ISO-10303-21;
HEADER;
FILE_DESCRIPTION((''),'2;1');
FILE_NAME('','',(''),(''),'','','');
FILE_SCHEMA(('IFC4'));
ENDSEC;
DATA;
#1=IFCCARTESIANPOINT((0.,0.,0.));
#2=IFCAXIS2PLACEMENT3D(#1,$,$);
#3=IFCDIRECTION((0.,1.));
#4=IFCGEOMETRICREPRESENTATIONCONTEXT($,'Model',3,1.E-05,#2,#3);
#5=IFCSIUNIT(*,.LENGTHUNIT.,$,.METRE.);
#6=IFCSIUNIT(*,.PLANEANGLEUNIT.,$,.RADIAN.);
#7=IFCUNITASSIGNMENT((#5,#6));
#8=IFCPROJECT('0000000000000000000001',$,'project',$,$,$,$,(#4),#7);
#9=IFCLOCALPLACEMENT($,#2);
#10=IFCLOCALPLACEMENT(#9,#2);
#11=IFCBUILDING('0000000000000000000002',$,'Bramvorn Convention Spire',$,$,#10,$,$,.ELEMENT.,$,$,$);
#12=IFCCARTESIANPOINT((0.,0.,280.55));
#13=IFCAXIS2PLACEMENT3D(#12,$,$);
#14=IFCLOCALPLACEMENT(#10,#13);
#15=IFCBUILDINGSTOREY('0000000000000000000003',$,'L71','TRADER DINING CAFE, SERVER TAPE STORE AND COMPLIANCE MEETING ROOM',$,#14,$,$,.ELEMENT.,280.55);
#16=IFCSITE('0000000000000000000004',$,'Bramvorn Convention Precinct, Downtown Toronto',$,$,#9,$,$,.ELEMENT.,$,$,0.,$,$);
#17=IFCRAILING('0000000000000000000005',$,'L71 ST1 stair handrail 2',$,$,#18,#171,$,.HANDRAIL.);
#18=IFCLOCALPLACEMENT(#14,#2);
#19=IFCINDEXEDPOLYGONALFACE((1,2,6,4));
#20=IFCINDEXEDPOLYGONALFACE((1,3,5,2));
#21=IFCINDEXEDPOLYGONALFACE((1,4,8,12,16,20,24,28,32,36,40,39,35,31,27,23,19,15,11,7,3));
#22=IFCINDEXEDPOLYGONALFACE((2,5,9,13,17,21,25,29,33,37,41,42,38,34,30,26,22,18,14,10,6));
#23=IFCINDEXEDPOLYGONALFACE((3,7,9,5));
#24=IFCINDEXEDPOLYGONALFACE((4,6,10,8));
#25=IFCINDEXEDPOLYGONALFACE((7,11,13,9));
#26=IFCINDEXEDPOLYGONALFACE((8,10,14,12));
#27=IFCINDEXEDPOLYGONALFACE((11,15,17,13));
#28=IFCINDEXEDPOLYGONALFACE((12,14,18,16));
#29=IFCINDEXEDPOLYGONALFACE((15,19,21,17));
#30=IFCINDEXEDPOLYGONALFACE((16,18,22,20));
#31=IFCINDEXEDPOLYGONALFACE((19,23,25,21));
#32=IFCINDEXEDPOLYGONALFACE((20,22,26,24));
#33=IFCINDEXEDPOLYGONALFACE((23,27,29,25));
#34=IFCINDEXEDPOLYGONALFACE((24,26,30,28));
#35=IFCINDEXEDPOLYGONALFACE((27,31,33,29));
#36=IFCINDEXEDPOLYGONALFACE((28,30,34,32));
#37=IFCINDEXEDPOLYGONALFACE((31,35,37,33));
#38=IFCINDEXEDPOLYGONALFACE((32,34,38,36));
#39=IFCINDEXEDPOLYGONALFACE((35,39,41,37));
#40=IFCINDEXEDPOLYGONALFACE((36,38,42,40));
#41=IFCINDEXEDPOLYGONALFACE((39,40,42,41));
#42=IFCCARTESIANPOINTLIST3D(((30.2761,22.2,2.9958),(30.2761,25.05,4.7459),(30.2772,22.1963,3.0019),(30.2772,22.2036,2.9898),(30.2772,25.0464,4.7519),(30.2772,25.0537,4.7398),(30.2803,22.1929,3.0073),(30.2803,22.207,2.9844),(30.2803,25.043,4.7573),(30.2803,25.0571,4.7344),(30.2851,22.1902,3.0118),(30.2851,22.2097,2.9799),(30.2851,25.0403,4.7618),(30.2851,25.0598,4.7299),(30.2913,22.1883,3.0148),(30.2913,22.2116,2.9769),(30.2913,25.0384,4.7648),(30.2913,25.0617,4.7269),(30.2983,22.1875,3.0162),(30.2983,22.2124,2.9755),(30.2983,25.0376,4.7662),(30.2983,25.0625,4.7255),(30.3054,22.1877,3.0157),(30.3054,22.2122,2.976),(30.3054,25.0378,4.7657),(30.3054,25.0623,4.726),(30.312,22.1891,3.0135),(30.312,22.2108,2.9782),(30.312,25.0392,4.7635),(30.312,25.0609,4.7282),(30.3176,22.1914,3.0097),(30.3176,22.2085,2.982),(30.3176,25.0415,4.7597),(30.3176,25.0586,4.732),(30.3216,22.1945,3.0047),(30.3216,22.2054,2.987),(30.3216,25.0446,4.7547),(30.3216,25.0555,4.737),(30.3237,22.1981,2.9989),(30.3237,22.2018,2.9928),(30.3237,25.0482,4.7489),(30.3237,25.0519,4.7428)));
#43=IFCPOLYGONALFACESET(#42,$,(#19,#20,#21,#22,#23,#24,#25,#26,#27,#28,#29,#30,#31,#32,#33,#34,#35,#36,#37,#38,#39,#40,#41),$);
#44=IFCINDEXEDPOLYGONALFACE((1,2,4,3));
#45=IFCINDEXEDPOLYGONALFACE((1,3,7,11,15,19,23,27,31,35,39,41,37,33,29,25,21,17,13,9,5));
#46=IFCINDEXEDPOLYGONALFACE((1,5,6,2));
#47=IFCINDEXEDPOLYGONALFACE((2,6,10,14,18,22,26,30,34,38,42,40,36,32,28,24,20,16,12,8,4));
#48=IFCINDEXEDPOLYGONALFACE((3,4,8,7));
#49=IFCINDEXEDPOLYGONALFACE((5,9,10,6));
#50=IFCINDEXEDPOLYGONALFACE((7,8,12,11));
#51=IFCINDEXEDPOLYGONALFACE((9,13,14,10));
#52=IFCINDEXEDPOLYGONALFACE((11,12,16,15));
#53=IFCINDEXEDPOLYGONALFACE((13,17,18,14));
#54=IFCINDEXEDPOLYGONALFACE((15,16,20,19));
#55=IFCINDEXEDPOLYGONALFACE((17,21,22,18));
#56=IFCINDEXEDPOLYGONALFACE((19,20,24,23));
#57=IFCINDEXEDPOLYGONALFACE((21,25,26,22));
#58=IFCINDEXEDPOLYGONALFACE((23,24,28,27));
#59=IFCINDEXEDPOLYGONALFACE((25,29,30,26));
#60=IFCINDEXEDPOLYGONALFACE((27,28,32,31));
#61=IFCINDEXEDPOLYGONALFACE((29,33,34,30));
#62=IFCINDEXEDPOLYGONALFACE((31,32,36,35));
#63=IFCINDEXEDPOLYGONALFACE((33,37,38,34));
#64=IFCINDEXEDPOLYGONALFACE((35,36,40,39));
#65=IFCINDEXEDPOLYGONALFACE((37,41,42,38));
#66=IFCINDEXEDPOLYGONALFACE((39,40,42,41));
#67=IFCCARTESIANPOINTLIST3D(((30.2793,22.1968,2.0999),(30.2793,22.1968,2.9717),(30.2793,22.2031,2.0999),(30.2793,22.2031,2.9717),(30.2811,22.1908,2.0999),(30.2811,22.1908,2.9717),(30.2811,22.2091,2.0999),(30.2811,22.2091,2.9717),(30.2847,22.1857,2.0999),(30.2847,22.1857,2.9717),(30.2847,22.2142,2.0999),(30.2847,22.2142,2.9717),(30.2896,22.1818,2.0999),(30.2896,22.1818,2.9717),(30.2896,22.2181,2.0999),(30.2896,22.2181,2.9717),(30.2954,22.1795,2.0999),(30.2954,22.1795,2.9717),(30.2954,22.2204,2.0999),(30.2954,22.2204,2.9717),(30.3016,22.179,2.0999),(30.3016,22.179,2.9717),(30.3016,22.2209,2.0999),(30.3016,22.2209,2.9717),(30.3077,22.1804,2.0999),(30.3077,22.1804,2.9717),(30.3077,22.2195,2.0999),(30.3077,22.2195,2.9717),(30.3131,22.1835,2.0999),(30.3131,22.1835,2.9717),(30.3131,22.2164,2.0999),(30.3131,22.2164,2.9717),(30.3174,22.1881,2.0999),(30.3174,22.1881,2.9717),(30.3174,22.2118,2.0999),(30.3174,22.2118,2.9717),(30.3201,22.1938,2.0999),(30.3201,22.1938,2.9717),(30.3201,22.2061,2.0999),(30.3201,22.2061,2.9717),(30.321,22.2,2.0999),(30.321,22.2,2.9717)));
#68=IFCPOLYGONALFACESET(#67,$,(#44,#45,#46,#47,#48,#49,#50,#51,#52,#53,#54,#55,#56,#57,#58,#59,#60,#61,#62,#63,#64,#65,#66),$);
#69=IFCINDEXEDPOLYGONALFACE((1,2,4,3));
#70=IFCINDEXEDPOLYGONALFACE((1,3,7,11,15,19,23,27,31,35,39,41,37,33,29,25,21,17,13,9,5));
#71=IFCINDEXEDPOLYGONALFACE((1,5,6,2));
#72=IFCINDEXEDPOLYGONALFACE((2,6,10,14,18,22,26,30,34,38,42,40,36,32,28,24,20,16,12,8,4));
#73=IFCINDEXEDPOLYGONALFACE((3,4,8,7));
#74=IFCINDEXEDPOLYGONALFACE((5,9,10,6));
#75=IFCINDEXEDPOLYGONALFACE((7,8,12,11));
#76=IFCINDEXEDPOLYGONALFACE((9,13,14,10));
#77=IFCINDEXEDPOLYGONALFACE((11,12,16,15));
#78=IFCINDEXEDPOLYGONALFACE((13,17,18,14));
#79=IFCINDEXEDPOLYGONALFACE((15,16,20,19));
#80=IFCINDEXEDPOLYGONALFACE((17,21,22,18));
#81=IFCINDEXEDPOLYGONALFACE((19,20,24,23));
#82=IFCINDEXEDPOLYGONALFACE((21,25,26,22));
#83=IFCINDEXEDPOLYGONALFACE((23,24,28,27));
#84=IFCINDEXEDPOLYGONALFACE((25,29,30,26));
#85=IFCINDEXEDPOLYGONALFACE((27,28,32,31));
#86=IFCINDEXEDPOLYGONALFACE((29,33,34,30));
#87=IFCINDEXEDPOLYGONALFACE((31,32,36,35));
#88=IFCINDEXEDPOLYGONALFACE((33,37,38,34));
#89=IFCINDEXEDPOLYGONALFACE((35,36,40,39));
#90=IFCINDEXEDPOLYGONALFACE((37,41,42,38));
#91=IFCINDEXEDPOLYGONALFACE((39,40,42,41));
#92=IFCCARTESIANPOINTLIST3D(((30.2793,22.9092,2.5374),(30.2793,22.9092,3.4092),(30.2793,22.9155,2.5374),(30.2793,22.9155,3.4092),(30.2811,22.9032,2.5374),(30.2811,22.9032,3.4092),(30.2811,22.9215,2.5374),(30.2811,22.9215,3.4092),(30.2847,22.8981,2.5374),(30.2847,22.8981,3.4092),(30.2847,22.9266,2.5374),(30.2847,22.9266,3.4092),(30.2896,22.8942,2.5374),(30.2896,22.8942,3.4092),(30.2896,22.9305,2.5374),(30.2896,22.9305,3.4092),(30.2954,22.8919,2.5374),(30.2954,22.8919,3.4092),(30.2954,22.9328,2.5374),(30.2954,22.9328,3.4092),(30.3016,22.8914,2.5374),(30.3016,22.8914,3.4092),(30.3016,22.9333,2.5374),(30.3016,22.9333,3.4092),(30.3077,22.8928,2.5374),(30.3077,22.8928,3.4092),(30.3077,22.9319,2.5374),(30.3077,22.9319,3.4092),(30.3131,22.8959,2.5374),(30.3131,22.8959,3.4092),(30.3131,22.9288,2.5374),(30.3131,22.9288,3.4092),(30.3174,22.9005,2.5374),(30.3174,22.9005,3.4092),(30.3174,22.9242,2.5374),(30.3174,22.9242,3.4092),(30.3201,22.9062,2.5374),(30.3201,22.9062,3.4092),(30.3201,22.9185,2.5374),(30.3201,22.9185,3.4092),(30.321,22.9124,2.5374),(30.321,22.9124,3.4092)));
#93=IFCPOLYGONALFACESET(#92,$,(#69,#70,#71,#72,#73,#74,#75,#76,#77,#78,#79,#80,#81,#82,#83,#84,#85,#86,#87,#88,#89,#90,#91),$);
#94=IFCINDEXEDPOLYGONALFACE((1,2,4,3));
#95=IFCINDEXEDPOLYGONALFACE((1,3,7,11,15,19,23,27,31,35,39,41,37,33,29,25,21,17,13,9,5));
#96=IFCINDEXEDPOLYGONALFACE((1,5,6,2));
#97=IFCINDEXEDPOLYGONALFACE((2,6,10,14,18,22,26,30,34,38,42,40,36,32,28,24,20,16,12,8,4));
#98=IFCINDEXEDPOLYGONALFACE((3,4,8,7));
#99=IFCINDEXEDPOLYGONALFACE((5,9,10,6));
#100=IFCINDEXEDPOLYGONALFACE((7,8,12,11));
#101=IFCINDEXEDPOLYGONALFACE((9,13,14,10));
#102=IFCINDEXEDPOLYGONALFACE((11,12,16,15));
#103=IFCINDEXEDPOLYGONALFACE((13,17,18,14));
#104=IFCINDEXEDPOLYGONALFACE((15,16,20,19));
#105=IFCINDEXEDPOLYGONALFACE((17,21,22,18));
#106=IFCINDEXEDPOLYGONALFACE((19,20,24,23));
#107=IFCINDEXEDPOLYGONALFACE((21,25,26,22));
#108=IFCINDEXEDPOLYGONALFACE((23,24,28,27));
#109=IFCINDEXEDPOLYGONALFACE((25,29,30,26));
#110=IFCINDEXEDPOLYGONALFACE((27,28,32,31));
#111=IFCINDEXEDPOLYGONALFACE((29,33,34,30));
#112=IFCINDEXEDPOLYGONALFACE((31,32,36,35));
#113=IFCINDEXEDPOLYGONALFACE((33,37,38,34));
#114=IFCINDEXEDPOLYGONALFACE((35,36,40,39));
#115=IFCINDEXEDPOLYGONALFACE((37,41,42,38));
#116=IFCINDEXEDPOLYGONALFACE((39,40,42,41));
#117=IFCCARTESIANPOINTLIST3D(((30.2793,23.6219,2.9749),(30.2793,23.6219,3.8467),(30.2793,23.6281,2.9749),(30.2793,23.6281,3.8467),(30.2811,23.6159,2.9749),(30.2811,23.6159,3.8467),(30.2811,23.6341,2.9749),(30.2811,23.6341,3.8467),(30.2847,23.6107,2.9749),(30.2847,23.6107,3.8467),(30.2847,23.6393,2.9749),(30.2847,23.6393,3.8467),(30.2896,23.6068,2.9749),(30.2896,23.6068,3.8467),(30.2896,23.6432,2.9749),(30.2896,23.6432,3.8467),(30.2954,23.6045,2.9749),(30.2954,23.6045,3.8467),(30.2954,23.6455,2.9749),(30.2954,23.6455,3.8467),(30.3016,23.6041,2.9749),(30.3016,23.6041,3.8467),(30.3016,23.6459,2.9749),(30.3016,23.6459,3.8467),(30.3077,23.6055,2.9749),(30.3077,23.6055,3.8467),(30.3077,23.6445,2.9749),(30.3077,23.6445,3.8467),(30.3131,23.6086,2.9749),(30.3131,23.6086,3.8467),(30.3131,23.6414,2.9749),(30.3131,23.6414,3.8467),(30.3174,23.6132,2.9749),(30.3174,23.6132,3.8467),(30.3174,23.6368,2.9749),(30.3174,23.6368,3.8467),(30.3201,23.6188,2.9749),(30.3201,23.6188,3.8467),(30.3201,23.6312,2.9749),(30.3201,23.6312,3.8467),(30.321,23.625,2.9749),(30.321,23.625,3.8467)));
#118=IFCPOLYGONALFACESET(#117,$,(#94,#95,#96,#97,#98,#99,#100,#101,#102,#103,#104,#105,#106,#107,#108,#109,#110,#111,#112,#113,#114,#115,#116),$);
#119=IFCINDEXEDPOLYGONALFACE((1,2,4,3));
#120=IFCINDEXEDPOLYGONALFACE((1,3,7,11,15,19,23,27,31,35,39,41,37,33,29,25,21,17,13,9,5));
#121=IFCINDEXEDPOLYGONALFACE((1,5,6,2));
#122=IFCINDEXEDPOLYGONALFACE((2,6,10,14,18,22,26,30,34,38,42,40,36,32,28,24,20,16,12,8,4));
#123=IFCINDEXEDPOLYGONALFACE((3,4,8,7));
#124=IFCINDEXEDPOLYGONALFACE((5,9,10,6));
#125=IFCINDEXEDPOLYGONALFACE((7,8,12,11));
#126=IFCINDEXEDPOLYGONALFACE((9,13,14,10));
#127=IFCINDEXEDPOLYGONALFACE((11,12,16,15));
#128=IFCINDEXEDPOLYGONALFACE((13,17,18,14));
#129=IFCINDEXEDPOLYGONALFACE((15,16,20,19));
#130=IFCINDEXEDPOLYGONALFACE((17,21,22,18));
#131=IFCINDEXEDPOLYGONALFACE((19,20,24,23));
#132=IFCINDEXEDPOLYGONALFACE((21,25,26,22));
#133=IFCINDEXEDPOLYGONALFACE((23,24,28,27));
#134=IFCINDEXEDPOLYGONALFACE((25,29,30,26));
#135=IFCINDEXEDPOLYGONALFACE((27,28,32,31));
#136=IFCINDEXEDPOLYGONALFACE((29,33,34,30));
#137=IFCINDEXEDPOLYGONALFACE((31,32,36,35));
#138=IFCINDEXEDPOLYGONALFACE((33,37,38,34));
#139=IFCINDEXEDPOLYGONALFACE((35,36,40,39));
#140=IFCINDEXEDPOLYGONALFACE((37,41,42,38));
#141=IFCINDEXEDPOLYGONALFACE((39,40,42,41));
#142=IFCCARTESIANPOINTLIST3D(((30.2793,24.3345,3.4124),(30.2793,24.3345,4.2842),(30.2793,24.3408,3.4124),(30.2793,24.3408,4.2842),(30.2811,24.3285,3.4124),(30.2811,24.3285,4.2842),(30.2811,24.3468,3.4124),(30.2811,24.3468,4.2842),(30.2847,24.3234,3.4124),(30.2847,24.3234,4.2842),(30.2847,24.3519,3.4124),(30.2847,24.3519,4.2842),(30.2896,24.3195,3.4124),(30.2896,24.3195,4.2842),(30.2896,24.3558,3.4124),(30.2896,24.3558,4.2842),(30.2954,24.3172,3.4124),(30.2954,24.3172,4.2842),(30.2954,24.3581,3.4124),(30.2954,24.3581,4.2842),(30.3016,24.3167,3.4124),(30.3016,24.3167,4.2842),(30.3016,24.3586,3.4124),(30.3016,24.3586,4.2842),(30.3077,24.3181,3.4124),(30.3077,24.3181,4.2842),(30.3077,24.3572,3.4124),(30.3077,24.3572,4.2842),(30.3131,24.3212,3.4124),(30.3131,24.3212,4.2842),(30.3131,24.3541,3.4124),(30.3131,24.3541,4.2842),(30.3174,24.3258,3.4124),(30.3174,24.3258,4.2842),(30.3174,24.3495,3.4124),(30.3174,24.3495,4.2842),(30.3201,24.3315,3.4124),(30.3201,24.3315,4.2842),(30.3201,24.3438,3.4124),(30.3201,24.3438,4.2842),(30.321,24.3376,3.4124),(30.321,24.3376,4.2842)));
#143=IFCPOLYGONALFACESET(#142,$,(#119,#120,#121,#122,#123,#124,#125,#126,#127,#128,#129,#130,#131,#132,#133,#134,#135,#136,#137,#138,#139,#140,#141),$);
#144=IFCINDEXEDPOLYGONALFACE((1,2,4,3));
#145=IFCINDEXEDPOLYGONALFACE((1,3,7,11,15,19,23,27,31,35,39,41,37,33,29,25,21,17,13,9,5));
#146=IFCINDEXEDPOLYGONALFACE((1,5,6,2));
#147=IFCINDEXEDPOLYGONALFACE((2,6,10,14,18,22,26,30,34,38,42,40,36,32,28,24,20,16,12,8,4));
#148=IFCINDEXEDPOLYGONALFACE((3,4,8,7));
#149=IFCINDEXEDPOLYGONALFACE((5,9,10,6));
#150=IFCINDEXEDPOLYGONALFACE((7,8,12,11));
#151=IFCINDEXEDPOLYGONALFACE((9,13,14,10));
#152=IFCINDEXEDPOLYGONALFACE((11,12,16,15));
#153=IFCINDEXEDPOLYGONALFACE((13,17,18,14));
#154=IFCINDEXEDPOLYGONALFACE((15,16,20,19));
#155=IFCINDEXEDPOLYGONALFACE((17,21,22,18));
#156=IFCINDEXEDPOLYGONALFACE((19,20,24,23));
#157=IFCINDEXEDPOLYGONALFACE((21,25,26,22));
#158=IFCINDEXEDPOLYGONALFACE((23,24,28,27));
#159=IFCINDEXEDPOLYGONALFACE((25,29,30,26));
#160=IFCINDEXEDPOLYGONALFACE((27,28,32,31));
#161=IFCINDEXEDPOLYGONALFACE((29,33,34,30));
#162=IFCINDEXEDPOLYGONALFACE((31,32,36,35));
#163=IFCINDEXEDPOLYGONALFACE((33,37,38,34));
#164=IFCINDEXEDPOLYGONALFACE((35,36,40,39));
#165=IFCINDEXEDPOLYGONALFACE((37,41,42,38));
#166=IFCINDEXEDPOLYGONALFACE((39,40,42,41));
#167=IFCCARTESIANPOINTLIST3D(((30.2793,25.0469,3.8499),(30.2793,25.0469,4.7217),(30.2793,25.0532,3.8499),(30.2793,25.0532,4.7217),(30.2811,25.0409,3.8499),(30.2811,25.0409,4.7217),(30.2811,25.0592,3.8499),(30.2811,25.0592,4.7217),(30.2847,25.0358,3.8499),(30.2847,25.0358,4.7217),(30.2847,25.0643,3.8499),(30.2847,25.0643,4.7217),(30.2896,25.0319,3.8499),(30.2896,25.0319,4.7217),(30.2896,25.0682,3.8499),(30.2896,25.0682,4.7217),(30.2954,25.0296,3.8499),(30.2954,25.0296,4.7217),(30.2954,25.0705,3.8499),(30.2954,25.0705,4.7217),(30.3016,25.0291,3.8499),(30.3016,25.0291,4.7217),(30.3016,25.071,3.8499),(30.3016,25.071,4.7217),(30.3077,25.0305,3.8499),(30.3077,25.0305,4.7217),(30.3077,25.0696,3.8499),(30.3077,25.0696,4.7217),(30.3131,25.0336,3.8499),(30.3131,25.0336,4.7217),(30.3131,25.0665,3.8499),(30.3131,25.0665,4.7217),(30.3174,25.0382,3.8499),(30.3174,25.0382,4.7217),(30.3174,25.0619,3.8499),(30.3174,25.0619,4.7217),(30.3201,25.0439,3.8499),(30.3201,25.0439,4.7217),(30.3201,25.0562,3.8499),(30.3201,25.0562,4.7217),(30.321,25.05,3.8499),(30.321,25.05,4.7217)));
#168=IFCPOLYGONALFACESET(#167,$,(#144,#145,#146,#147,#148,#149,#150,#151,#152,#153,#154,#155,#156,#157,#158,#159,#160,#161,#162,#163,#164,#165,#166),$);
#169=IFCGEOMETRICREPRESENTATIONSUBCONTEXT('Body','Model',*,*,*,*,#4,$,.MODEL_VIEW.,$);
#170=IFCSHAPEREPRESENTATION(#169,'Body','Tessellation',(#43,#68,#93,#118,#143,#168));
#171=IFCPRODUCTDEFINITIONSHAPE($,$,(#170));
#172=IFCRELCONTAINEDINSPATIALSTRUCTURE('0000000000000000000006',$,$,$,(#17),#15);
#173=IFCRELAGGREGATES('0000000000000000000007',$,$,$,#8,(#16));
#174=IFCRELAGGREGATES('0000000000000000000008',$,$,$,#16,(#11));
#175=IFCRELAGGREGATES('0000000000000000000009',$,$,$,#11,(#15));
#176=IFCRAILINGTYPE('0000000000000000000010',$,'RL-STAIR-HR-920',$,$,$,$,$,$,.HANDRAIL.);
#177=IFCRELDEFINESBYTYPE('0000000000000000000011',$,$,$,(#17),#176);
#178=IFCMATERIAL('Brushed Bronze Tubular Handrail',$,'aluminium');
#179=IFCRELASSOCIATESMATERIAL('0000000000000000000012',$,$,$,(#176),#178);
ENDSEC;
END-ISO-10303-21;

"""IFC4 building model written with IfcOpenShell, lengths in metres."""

from ifc_helpers import new_model, si_unit, direction, frame, origin, origin_2d, place, context, subcontext, project, spatial, circle, extrude, material, type_object, element, save


model = new_model("IFC4")

# Units and contexts
model_context = context("Model", 3, precision=1e-05, world=origin(), true_north=direction((0.0, 1.0)))
body_context = subcontext(model_context, "Body", "Model", "MODEL_VIEW")
ifc_project = project(units=[si_unit("LENGTHUNIT", "METRE"), si_unit("PLANEANGLEUNIT", "RADIAN")], contexts=[model_context])

# Site, building, storey
site_placement = place(None, origin())
site = spatial("IfcSite", under=ifc_project, at=site_placement, Name="Bramvorn Convention Precinct, Downtown Toronto", CompositionType="ELEMENT", RefElevation=0.0)
building_placement = place(site_placement, origin())
building = spatial("IfcBuilding", under=site, at=building_placement, Name="Bramvorn Convention Spire", CompositionType="ELEMENT")
storey_placement = place(building_placement, frame((0.0, 0.0, 280.55)))
storey = spatial("IfcBuildingStorey", under=building, at=storey_placement, Name="L71", Description="TRADER DINING CAFE, SERVER TAPE STORE AND COMPLIANCE MEETING ROOM", CompositionType="ELEMENT", Elevation=280.55)

# Railing
ifc_material_1 = material(Name="Brushed Bronze Tubular Handrail", Category="aluminium")
railing_type_1 = type_object("IfcRailingType", Name="RL-STAIR-HR-920", PredefinedType="HANDRAIL", material=ifc_material_1)
for number, where, name in (
    (1, (30.3, 22.2, 2.0999), "L71 ST1 stair handrail 2"),
):
    element("IfcRailing", number, at=place(storey_placement, frame(where)), inside=storey, type_object=railing_type_1, Name=name, PredefinedType="HANDRAIL", context=body_context, shape_type="SweptSolid", body=[
        extrude(circle(Radius=0.0239, at=origin_2d()), frame((0.0, 0.0, 0.896), z_axis=(0.0, 0.852179, 0.52325), x_axis=(-1.0, 0.0, 0.0)), (0.0, 0.0, 1.0), 3.3445),
        extrude(circle(Radius=0.021, at=origin_2d()), origin(), (0.0, 0.0, 1.0), 0.8718),
        extrude(circle(Radius=0.021, at=origin_2d()), frame((0.0, 0.7124, 0.4375)), (0.0, 0.0, 1.0), 0.8718),
        extrude(circle(Radius=0.021, at=origin_2d()), frame((0.0, 1.425, 0.875)), (0.0, 0.0, 1.0), 0.8718),
        extrude(circle(Radius=0.021, at=origin_2d()), frame((0.0, 2.1377, 1.3125)), (0.0, 0.0, 1.0), 0.8718),
        extrude(circle(Radius=0.021, at=origin_2d()), frame((0.0, 2.8501, 1.75)), (0.0, 0.0, 1.0), 0.8718),
    ])

save(model, "model.ifc")
